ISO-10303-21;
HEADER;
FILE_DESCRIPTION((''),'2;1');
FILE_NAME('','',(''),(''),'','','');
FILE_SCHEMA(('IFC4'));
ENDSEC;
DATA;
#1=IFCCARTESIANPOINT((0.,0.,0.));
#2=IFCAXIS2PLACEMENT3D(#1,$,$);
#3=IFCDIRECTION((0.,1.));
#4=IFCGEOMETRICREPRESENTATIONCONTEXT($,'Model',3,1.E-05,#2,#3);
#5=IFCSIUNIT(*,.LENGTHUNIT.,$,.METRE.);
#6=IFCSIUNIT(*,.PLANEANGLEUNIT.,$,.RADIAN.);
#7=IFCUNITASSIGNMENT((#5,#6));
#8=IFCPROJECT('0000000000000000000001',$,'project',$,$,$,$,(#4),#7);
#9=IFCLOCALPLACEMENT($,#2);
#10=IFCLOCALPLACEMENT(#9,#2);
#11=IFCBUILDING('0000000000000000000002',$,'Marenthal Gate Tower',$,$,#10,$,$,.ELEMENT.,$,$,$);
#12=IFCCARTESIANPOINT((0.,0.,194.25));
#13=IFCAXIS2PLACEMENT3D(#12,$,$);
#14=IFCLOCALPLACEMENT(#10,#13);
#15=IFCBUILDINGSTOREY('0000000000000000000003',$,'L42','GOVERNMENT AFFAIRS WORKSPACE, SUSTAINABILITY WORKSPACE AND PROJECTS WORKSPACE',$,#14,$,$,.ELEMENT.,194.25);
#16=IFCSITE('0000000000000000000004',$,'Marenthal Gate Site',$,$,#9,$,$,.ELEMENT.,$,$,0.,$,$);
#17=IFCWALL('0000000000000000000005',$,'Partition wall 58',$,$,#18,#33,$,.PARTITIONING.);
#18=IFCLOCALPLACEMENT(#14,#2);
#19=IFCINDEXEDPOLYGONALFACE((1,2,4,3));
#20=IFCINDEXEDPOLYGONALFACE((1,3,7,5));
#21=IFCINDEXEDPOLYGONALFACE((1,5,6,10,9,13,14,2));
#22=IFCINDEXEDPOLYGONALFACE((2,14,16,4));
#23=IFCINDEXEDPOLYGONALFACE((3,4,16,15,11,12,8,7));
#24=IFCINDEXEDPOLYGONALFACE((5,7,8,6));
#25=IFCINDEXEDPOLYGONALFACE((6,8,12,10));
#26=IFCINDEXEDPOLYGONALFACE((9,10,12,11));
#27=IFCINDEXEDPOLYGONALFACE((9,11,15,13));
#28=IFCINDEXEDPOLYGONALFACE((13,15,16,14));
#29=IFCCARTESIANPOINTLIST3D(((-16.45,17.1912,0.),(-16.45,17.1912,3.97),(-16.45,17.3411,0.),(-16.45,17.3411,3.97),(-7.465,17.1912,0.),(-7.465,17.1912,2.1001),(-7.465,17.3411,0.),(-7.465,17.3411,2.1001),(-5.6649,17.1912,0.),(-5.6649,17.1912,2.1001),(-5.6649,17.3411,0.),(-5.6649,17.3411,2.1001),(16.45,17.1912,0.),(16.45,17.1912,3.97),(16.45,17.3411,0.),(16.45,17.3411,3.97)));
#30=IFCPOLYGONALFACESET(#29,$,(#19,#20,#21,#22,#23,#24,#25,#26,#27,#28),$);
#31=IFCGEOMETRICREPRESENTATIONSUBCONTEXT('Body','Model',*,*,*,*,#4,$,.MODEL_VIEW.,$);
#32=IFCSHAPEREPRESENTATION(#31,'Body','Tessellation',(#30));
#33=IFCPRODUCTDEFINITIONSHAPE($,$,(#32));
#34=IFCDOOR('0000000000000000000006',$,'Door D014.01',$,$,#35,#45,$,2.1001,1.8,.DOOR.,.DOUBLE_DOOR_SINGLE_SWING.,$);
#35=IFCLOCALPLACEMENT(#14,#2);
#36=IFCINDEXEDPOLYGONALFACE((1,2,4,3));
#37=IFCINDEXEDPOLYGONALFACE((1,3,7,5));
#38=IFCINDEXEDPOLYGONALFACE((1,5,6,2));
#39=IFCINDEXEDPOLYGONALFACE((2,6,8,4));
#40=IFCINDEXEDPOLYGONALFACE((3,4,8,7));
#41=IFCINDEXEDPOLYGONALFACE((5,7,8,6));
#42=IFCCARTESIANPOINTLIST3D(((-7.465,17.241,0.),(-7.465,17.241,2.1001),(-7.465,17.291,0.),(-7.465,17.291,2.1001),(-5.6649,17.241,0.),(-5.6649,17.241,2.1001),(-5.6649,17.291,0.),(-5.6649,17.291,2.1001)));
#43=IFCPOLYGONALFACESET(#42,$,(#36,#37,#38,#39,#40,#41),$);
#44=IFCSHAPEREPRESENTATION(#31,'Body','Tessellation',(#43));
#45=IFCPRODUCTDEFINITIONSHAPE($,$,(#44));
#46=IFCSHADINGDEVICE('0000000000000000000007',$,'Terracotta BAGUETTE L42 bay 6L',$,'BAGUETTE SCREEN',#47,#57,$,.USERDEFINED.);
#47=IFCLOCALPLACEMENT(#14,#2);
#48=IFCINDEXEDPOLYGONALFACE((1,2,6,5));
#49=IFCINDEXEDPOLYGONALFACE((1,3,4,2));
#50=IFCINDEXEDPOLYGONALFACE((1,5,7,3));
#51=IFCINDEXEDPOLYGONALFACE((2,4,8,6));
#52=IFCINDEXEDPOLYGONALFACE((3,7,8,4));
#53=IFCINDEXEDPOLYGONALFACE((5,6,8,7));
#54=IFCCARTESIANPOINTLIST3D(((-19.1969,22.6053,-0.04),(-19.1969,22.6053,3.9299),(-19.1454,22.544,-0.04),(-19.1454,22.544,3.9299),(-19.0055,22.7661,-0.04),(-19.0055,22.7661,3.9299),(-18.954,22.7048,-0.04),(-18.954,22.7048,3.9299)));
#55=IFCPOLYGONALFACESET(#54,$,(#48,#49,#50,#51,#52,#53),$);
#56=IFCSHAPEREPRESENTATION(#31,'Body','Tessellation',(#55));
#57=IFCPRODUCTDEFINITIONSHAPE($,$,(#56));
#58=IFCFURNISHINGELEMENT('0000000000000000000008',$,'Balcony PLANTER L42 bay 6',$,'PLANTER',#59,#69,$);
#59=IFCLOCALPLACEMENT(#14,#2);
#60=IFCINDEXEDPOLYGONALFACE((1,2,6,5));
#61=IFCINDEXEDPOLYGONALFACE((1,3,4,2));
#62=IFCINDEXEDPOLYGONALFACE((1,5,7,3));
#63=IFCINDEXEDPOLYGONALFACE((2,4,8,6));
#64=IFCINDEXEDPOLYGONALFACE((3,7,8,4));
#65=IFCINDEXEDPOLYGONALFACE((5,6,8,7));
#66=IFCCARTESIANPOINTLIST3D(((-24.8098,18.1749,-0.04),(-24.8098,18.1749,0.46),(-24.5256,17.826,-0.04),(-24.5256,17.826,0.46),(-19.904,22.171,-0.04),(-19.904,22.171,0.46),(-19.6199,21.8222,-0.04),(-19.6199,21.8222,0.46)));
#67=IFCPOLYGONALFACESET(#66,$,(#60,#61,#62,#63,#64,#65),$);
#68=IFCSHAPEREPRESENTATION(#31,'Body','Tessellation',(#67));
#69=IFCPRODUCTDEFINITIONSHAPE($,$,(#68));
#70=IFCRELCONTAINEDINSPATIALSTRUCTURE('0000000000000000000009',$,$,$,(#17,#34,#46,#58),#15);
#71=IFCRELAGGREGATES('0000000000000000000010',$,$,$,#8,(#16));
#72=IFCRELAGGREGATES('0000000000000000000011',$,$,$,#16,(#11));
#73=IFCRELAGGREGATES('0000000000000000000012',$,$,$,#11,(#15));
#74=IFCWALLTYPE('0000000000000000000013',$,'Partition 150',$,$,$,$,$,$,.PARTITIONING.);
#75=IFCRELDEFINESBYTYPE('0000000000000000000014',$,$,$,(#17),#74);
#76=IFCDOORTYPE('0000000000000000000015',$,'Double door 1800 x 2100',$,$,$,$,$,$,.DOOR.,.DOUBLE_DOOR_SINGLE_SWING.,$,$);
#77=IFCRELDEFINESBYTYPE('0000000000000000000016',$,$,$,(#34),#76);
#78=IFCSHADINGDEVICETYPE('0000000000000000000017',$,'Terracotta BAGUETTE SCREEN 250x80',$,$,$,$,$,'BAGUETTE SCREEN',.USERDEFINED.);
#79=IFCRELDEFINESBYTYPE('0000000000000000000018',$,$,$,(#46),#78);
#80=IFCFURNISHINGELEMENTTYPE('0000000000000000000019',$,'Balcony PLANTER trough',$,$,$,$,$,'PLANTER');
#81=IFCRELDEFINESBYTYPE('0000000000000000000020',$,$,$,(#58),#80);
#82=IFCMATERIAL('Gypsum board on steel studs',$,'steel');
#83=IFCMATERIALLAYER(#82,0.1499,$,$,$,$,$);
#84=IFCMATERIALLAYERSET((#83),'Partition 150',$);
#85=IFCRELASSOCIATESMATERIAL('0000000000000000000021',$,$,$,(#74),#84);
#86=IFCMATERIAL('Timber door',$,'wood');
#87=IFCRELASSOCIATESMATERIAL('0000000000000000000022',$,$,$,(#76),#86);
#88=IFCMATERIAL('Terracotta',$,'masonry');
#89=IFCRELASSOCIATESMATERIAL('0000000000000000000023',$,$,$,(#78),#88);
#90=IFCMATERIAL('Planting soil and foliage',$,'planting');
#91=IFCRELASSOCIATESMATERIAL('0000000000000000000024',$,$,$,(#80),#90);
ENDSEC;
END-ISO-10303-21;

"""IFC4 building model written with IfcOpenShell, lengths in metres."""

from ifc_helpers import new_model, si_unit, direction, frame, frame_2d, origin, origin_2d, place, context, subcontext, project, spatial, rectangle, extrude, material, layer, layer_set, material_profile, profile_set, type_object, element, fill, save


model = new_model("IFC4")

# Units and contexts
model_context = context("Model", 3, precision=1e-05, world=origin(), true_north=direction((0.0, 1.0)))
body_context = subcontext(model_context, "Body", "Model", "MODEL_VIEW")
ifc_project = project(units=[si_unit("LENGTHUNIT", "METRE"), si_unit("PLANEANGLEUNIT", "RADIAN")], contexts=[model_context])

# Site, building, storey
site_placement = place(None, origin())
site = spatial("IfcSite", under=ifc_project, at=site_placement, Name="Marenthal Gate Site", CompositionType="ELEMENT", RefElevation=0.0)
building_placement = place(site_placement, origin())
building = spatial("IfcBuilding", under=site, at=building_placement, Name="Marenthal Gate Tower", CompositionType="ELEMENT")
storey_placement = place(building_placement, frame((0.0, 0.0, 194.25)))
storey = spatial("IfcBuildingStorey", under=building, at=storey_placement, Name="L42", Description="GOVERNMENT AFFAIRS WORKSPACE, SUSTAINABILITY WORKSPACE AND PROJECTS WORKSPACE", CompositionType="ELEMENT", Elevation=194.25)

# Shared definitions
ifc_material_1 = material(Name="Gypsum board on steel studs", Category="steel")
ifc_layer_1 = layer(ifc_material_1, 0.1499)
ifc_layer_set_1 = layer_set([ifc_layer_1], Name="Partition 150")
wall_type_1 = type_object("IfcWallType", Name="Partition 150", PredefinedType="PARTITIONING", material=ifc_layer_set_1)

# Wall, opening, door
ifc_material_2 = material(Name="Timber door", Category="wood")
door_type_1 = type_object("IfcDoorType", Name="Double door 1800 x 2100", OperationType="DOUBLE_DOOR_SINGLE_SWING", PredefinedType="DOOR", material=ifc_material_2)
wall_1_placement = place(storey_placement, frame((-16.45, 17.2661, 0.0), z_axis=(0.0, 0.0, 1.0), x_axis=(1.0, 0.0, 0.0)))
wall_1 = element("IfcWall", 1, at=wall_1_placement, inside=storey, type_object=wall_type_1, Name="Partition wall 58", PredefinedType="PARTITIONING", context=body_context, shape_type="SweptSolid", body=[
    extrude(rectangle(XDim=32.8999, YDim=0.1499, at=frame_2d((16.45, 0.0))), origin(), (0.0, 0.0, 1.0), 3.97),
])
opening_1_placement = place(wall_1_placement, frame((8.9851, 0.0, 0.0)))
opening_1 = element("IfcOpeningElement", 2, at=opening_1_placement, cuts=wall_1, PredefinedType="OPENING", context=body_context, shape_type="SweptSolid", body=[
    extrude(rectangle(XDim=1.8, YDim=2.1001, at=frame_2d((0.8999, 1.05))), frame((0.0, 0.085, 0.0), z_axis=(0.0, -1.0, 0.0), x_axis=(1.0, 0.0, 0.0)), (0.0, 0.0, 1.0), 0.1699),
])
door_1_placement = place(opening_1_placement, origin())
door_1 = element("IfcDoor", 3, at=door_1_placement, inside=storey, type_object=door_type_1, Name="Door D014.01", OperationType="DOUBLE_DOOR_SINGLE_SWING", OverallHeight=2.1001, OverallWidth=1.8, PredefinedType="DOOR", context=body_context, shape_type="SweptSolid", body=[
    extrude(rectangle(XDim=1.8, YDim=2.1001, at=frame_2d((0.8999, 1.05))), frame((0.0, 0.0249, 0.0), z_axis=(0.0, -1.0, 0.0), x_axis=(1.0, 0.0, 0.0)), (0.0, 0.0, 1.0), 0.05),
])
fill(opening_1, door_1)

# Shading device
ifc_material_3 = material(Name="Terracotta", Category="masonry")
ifc_material_profile_1 = material_profile(ifc_material_3, rectangle(XDim=0.25, YDim=0.0801, at=origin_2d()), Name="Terracotta baguette 250x80")
ifc_profile_set_1 = profile_set([ifc_material_profile_1], Name="Terracotta")
shading_device_type = type_object("IfcShadingDeviceType", Name="Terracotta BAGUETTE SCREEN 250x80", ElementType="BAGUETTE SCREEN", PredefinedType="USERDEFINED", material=ifc_profile_set_1)
shading_device_placement = place(storey_placement, frame((-19.0754, 22.655, -0.04), z_axis=(0.0, 0.0, 1.0), x_axis=(-0.76578, -0.643103, 0.0)))
element("IfcShadingDevice", 4, at=shading_device_placement, inside=storey, type_object=shading_device_type, Name="Terracotta BAGUETTE L42 bay 6L", ObjectType="BAGUETTE SCREEN", PredefinedType="USERDEFINED", context=body_context, shape_type="SweptSolid", body=[
    extrude(rectangle(XDim=0.25, YDim=0.0801, at=origin_2d()), origin(), (0.0, 0.0, 1.0), 3.97),
])

# Furnishing element
ifc_material_4 = material(Name="Planting soil and foliage", Category="planting")
furnishing_element_type = type_object("IfcFurnishingElementType", Name="Balcony PLANTER trough", ElementType="PLANTER", material=ifc_material_4)
furnishing_placement = place(storey_placement, frame((-22.2148, 19.9985, -0.04), z_axis=(0.0, 0.0, 1.0), x_axis=(-0.775322, -0.631567, 0.0)))
element("IfcFurnishingElement", 5, at=furnishing_placement, inside=storey, type_object=furnishing_element_type, Name="Balcony PLANTER L42 bay 6", ObjectType="PLANTER", context=body_context, shape_type="SweptSolid", body=[
    extrude(rectangle(XDim=6.3274, YDim=0.45, at=origin_2d()), origin(), (0.0, 0.0, 1.0), 0.5),
])

save(model, "model.ifc")
